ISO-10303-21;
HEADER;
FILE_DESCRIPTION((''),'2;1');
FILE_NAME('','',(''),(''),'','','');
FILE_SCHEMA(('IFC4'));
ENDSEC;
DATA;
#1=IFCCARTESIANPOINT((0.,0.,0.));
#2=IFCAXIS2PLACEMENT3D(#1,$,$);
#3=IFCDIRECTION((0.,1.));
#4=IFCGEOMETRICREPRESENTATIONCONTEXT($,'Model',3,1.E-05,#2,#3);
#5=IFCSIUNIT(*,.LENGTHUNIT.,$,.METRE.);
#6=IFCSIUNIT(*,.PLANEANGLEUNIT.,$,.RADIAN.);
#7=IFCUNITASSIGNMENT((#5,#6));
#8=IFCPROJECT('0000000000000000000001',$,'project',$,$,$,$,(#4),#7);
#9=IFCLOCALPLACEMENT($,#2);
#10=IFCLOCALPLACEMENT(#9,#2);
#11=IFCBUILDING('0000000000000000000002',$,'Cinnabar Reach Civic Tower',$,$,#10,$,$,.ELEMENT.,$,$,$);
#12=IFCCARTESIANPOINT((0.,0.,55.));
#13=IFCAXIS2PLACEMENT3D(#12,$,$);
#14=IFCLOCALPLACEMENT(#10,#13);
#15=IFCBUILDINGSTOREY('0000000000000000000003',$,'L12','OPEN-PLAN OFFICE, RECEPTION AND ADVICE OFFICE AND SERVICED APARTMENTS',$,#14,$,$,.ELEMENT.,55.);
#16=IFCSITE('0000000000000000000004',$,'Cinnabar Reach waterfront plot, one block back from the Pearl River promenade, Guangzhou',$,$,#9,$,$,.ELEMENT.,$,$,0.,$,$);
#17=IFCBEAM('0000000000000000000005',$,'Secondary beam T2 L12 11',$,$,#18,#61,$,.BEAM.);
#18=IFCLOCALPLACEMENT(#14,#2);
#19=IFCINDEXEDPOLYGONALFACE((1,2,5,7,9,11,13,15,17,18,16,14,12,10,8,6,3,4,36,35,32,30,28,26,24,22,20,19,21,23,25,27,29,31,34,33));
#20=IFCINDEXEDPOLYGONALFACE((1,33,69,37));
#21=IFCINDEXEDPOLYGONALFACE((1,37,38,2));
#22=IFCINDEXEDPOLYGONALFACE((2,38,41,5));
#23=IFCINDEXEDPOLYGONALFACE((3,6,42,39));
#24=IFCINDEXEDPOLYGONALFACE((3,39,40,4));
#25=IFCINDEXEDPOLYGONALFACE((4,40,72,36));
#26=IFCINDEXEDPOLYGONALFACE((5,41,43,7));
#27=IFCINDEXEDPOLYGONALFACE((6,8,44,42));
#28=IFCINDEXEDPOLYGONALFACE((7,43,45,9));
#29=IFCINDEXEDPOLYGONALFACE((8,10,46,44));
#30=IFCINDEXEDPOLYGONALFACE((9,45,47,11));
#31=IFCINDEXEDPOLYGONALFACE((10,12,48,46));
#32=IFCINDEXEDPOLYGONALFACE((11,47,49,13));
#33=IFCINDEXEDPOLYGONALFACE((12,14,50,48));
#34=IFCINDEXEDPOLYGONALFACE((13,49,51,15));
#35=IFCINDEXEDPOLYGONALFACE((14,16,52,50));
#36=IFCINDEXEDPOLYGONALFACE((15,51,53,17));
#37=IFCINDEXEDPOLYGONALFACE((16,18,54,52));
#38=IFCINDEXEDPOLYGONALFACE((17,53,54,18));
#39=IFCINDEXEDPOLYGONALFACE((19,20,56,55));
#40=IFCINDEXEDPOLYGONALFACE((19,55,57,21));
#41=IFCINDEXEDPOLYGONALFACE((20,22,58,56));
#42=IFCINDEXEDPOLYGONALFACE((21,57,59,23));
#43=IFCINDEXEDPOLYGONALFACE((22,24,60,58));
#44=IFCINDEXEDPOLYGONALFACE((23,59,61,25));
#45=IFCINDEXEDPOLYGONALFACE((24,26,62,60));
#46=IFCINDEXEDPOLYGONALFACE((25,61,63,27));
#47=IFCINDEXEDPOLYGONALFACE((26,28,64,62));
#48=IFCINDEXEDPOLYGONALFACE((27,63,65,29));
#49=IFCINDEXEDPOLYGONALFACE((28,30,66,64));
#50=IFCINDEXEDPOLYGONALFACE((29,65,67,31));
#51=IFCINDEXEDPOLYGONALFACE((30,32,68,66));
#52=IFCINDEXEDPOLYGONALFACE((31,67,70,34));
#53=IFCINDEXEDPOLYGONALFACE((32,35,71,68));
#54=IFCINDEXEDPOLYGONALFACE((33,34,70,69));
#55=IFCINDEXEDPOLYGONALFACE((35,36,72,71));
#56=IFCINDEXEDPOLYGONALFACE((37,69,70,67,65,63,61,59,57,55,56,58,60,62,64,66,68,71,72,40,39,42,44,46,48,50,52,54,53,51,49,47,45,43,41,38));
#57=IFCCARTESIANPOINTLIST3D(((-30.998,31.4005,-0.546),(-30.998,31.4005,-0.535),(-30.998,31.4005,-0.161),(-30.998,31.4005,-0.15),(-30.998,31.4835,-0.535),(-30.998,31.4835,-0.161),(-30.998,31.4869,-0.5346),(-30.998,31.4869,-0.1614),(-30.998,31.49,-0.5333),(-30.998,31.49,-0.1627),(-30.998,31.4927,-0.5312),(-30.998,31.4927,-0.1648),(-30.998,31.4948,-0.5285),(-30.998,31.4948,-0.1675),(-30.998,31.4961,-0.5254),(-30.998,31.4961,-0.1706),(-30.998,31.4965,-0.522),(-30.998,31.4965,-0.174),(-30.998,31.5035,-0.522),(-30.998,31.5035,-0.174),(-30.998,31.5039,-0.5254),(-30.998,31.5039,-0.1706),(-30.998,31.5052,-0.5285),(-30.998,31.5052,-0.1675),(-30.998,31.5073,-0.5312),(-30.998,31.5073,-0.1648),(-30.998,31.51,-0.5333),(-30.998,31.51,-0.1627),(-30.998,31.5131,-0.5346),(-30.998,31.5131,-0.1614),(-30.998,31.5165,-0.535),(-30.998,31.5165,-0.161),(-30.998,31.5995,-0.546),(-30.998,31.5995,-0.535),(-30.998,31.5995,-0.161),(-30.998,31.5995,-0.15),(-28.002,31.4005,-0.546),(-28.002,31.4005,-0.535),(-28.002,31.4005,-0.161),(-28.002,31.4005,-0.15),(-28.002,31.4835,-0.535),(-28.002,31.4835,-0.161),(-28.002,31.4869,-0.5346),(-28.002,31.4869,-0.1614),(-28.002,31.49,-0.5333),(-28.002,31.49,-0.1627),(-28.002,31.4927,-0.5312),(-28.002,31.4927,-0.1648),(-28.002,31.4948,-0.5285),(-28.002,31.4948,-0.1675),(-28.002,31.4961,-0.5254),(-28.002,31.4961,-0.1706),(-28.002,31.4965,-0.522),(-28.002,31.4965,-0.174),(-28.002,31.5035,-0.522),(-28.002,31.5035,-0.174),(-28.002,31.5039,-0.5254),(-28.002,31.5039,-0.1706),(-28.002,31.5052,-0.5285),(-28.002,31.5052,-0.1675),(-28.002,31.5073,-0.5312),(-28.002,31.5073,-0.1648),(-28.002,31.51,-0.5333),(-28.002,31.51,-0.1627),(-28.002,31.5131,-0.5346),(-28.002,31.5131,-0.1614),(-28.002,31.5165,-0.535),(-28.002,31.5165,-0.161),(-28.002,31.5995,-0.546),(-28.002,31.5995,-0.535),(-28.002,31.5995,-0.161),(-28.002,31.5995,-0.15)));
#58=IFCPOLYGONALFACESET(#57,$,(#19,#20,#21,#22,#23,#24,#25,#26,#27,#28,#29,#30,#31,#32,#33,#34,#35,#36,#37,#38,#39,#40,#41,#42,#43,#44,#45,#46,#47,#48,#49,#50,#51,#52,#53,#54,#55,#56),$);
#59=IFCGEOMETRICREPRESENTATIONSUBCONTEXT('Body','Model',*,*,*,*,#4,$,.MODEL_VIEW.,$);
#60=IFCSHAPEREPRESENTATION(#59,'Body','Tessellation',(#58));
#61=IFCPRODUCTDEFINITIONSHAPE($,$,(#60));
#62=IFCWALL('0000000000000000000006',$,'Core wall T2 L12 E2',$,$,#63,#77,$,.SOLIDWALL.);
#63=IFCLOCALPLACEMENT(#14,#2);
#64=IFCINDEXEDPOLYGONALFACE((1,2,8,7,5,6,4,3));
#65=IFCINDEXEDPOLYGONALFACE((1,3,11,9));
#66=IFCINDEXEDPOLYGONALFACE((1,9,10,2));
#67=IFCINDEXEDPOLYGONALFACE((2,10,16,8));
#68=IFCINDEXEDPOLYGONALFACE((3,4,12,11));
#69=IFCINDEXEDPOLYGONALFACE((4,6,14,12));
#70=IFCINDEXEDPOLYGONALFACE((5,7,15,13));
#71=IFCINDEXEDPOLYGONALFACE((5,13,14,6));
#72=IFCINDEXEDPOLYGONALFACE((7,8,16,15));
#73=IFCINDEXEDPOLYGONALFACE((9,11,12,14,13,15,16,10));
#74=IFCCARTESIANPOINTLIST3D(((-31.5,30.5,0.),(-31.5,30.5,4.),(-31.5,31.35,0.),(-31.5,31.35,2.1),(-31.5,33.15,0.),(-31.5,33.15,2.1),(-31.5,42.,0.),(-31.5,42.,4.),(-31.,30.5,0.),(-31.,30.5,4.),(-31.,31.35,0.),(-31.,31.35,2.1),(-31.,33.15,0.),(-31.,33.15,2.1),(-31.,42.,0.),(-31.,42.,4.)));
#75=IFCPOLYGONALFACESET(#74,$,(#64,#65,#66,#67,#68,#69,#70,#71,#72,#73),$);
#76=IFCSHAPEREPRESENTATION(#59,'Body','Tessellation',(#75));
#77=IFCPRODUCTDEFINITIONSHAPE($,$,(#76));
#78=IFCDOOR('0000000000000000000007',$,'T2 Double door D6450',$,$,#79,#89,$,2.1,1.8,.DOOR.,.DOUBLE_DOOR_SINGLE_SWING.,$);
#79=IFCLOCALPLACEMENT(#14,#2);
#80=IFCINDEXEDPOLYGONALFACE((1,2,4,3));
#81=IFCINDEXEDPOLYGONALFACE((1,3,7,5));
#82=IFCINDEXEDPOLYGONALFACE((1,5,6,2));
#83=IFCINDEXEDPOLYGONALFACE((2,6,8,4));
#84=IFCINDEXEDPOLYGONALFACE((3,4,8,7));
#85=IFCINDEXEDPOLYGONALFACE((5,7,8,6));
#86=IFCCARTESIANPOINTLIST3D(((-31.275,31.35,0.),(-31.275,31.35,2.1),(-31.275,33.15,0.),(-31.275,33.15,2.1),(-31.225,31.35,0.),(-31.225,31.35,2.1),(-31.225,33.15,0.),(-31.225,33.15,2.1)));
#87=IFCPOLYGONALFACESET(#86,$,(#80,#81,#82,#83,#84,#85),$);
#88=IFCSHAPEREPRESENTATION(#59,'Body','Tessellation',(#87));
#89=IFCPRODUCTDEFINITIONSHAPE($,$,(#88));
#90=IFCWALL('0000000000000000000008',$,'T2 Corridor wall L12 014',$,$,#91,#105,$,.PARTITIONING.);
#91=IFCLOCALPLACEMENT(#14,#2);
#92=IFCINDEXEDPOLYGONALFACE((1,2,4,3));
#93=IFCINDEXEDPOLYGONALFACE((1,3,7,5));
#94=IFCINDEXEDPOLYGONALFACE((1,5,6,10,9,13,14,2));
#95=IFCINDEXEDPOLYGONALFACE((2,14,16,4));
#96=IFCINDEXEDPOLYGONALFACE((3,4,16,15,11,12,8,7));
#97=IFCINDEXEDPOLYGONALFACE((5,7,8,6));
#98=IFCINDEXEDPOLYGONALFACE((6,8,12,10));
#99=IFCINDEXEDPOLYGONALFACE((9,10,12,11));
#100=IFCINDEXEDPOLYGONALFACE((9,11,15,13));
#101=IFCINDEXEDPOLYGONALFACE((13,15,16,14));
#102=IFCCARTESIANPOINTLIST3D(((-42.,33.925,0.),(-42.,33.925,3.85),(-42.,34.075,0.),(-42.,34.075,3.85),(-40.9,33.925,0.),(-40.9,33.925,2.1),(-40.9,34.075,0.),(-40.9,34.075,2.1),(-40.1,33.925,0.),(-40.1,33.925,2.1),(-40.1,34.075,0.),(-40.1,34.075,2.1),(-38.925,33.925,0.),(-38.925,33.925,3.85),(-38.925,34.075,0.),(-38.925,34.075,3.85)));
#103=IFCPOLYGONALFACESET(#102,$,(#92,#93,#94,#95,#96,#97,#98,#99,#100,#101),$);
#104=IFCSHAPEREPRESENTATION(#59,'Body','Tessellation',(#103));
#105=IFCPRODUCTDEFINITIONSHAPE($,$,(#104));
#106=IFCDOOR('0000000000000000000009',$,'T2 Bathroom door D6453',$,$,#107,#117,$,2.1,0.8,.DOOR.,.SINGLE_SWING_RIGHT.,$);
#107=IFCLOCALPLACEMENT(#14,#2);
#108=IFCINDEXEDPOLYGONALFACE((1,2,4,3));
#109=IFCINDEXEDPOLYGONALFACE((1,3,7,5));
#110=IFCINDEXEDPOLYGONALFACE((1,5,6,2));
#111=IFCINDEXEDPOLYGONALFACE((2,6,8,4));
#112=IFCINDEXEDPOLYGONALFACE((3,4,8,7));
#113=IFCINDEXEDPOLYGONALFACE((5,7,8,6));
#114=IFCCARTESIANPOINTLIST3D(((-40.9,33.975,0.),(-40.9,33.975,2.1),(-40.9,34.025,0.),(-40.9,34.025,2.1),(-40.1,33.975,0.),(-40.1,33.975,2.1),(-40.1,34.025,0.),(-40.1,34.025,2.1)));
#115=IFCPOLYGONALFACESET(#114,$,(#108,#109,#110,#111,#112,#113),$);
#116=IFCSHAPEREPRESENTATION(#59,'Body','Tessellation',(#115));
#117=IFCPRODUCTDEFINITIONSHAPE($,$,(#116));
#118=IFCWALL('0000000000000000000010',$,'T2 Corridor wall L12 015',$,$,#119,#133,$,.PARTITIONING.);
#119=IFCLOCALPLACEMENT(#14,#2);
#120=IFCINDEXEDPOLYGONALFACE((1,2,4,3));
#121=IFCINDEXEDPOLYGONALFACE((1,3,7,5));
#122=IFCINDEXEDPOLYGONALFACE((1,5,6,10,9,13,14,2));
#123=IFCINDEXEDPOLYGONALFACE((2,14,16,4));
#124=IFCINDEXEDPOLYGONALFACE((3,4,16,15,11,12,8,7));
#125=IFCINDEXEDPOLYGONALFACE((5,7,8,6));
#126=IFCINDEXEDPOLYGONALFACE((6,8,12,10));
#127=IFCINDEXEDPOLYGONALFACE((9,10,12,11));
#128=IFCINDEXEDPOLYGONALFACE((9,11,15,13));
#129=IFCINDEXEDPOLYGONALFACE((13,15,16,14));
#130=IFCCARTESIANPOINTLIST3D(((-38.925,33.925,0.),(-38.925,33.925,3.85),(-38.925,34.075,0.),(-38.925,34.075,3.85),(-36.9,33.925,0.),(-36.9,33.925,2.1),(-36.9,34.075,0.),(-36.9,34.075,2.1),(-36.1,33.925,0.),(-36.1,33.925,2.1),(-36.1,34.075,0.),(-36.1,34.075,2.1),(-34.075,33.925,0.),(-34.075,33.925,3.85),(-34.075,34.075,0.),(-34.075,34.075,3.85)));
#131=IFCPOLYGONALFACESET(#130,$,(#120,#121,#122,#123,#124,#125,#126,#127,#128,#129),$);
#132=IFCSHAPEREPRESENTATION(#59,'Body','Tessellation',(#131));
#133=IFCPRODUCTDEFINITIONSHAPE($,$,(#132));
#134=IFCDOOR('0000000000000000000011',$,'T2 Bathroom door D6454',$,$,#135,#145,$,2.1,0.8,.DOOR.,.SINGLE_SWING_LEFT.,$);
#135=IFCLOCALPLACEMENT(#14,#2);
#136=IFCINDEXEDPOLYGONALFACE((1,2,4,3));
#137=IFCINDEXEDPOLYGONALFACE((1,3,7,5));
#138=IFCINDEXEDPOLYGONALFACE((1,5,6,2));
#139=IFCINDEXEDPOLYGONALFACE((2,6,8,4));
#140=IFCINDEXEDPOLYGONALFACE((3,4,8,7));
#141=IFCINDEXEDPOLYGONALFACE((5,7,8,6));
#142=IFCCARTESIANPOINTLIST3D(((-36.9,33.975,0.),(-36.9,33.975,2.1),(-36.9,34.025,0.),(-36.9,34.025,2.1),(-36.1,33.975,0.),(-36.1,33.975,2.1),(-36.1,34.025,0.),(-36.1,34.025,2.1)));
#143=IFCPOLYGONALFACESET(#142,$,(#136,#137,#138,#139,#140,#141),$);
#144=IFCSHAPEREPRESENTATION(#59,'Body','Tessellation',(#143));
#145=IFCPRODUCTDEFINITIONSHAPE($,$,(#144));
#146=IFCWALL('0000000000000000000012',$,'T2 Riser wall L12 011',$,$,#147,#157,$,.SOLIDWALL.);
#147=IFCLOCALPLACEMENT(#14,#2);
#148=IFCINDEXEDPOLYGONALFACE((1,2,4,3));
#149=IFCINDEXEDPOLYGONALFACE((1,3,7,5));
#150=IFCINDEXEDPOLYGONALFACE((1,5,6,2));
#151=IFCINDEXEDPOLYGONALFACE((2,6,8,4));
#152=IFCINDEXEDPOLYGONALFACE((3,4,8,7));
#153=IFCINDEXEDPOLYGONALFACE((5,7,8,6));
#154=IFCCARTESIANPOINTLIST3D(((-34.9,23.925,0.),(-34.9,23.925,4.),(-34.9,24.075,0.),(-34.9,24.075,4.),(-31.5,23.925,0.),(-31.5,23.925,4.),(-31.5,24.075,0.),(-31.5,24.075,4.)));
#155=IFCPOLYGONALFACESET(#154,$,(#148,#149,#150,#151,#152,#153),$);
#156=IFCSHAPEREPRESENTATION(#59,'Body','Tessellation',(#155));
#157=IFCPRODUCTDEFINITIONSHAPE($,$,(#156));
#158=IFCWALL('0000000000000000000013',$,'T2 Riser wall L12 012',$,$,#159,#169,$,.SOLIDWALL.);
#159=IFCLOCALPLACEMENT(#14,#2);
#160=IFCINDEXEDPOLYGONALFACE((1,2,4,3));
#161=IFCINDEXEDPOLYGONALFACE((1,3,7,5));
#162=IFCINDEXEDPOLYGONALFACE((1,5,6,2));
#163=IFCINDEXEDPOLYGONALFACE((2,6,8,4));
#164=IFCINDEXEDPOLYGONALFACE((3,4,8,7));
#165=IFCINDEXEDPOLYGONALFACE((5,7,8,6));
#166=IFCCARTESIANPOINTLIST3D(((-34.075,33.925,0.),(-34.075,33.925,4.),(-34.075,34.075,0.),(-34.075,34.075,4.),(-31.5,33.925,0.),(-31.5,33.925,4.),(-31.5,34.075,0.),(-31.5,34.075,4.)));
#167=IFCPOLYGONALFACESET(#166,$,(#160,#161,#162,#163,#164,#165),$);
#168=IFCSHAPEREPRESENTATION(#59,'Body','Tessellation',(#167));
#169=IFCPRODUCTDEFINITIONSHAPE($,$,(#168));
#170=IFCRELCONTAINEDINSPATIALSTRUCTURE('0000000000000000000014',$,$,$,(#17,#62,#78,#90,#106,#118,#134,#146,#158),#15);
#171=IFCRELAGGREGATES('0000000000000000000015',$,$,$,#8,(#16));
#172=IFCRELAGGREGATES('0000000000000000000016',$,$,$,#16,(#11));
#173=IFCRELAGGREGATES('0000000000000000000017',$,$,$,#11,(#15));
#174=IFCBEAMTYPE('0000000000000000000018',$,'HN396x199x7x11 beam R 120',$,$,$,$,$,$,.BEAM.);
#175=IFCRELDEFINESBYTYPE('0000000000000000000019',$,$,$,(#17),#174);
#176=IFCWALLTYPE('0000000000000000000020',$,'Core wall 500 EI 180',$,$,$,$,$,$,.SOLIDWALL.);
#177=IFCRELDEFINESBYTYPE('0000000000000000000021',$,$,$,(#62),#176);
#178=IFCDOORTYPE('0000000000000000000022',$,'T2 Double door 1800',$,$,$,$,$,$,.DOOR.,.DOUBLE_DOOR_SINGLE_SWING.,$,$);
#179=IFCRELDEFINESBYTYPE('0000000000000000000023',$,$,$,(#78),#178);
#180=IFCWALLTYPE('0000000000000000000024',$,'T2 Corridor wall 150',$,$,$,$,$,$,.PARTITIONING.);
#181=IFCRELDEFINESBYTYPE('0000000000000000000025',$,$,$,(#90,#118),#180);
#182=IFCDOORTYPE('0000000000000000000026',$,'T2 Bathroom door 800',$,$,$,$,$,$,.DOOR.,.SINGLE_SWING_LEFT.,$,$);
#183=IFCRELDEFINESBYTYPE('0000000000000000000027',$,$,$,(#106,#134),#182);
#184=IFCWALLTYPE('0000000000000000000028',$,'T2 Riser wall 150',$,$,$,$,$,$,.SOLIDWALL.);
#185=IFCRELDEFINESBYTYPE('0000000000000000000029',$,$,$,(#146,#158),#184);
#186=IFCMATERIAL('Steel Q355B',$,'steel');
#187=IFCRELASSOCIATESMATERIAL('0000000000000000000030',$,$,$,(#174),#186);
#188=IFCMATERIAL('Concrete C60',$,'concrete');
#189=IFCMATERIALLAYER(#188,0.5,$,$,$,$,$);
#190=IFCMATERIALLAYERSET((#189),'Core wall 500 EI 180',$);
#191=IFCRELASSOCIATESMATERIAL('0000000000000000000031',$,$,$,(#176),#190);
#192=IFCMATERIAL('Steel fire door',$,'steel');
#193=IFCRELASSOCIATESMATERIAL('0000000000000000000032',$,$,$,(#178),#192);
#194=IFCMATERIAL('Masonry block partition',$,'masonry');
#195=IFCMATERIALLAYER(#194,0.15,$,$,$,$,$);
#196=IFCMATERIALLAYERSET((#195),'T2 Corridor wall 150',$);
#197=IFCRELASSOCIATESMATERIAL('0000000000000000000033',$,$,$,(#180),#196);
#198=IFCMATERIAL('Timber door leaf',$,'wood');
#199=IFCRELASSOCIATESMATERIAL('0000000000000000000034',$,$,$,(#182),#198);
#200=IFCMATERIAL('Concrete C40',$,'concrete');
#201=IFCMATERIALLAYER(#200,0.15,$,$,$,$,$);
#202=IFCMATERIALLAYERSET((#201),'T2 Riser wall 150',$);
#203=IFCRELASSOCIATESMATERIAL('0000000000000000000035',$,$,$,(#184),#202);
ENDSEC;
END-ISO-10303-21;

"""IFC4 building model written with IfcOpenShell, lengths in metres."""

from ifc_helpers import new_model, si_unit, direction, frame, frame_2d, origin, origin_2d, place, context, subcontext, project, spatial, rectangle, i_section, extrude, material, layer, layer_set, material_profile, profile_set, type_object, element, fill, save


model = new_model("IFC4")

# Units and contexts
model_context = context("Model", 3, precision=1e-05, world=origin(), true_north=direction((0.0, 1.0)))
body_context = subcontext(model_context, "Body", "Model", "MODEL_VIEW")
ifc_project = project(units=[si_unit("LENGTHUNIT", "METRE"), si_unit("PLANEANGLEUNIT", "RADIAN")], contexts=[model_context])

# Site, building, storey
site_placement = place(None, origin())
site = spatial("IfcSite", under=ifc_project, at=site_placement, Name="Cinnabar Reach waterfront plot, one block back from the Pearl River promenade, Guangzhou", CompositionType="ELEMENT", RefElevation=0.0)
building_placement = place(site_placement, origin())
building = spatial("IfcBuilding", under=site, at=building_placement, Name="Cinnabar Reach Civic Tower", CompositionType="ELEMENT")
storey_placement = place(building_placement, frame((0.0, 0.0, 55.0)))
storey = spatial("IfcBuildingStorey", under=building, at=storey_placement, Name="L12", Description="OPEN-PLAN OFFICE, RECEPTION AND ADVICE OFFICE AND SERVICED APARTMENTS", CompositionType="ELEMENT", Elevation=55.0)

# Beam
ifc_material_1 = material(Name="Steel Q355B", Category="steel")
ifc_material_profile = material_profile(ifc_material_1, i_section(OverallWidth=0.199, OverallDepth=0.396, WebThickness=0.007, FlangeThickness=0.011, FilletRadius=0.013, at=origin_2d()), Name="HN396x199x7x11")
ifc_profile_set = profile_set([ifc_material_profile], Name="Steel Q355B")
beam_type = type_object("IfcBeamType", Name="HN396x199x7x11 beam R 120", PredefinedType="BEAM", material=ifc_profile_set)
beam_placement = place(storey_placement, frame((-30.998, 31.5, -0.348), z_axis=(1.0, 0.0, 0.0), x_axis=(0.0, 1.0, 0.0)))
element("IfcBeam", 1, at=beam_placement, inside=storey, type_object=beam_type, Name="Secondary beam T2 L12 11", PredefinedType="BEAM", context=body_context, shape_type="SweptSolid", body=[
    extrude(i_section(OverallWidth=0.199, OverallDepth=0.396, WebThickness=0.007, FlangeThickness=0.011, FilletRadius=0.013, at=origin_2d()), origin(), (0.0, 0.0, 1.0), 2.996),
])

# Walls, openings, doors
ifc_material_2 = material(Name="Concrete C60", Category="concrete")
ifc_layer_1 = layer(ifc_material_2, 0.5)
ifc_layer_set_1 = layer_set([ifc_layer_1], Name="Core wall 500 EI 180")
wall_type_1 = type_object("IfcWallType", Name="Core wall 500 EI 180", PredefinedType="SOLIDWALL", material=ifc_layer_set_1)
wall_1_placement = place(storey_placement, frame((-31.25, 30.5, 0.0), z_axis=(0.0, 0.0, 1.0), x_axis=(0.0, 1.0, 0.0)))
wall_1 = element("IfcWall", 2, at=wall_1_placement, inside=storey, type_object=wall_type_1, Name="Core wall T2 L12 E2", PredefinedType="SOLIDWALL", context=body_context, shape_type="SweptSolid", body=[
    extrude(rectangle(XDim=11.5, YDim=0.5, at=frame_2d((5.75, 0.0))), origin(), (0.0, 0.0, 1.0), 4.0),
])
opening_1_placement = place(wall_1_placement, frame((0.85, 0.0, 0.0)))
opening_1 = element("IfcOpeningElement", 3, at=opening_1_placement, cuts=wall_1, PredefinedType="OPENING", context=body_context, shape_type="SweptSolid", body=[
    extrude(rectangle(XDim=1.8, YDim=2.1, at=frame_2d((0.9, 1.05))), frame((0.0, 0.26, 0.0), z_axis=(0.0, -1.0, 0.0), x_axis=(1.0, 0.0, 0.0)), (0.0, 0.0, 1.0), 0.52),
])
ifc_material_3 = material(Name="Steel fire door", Category="steel")
door_type_1 = type_object("IfcDoorType", Name="T2 Double door 1800", OperationType="DOUBLE_DOOR_SINGLE_SWING", PredefinedType="DOOR", material=ifc_material_3)
door_1_placement = place(opening_1_placement, origin())
door_1 = element("IfcDoor", 4, at=door_1_placement, inside=storey, type_object=door_type_1, Name="T2 Double door D6450", OperationType="DOUBLE_DOOR_SINGLE_SWING", OverallHeight=2.1, OverallWidth=1.8, PredefinedType="DOOR", context=body_context, shape_type="SweptSolid", body=[
    extrude(rectangle(XDim=1.8, YDim=2.1, at=frame_2d((0.9, 1.05))), frame((0.0, 0.025, 0.0), z_axis=(0.0, -1.0, 0.0), x_axis=(1.0, 0.0, 0.0)), (0.0, 0.0, 1.0), 0.05),
])
fill(opening_1, door_1)
ifc_material_4 = material(Name="Masonry block partition", Category="masonry")
ifc_layer_2 = layer(ifc_material_4, 0.15)
ifc_layer_set_2 = layer_set([ifc_layer_2], Name="T2 Corridor wall 150")
wall_type_2 = type_object("IfcWallType", Name="T2 Corridor wall 150", PredefinedType="PARTITIONING", material=ifc_layer_set_2)
wall_2_placement = place(storey_placement, frame((-38.925, 34.0, 0.0), z_axis=(0.0, 0.0, 1.0), x_axis=(-1.0, 0.0, 0.0)))
wall_2 = element("IfcWall", 5, at=wall_2_placement, inside=storey, type_object=wall_type_2, Name="T2 Corridor wall L12 014", PredefinedType="PARTITIONING", context=body_context, shape_type="SweptSolid", body=[
    extrude(rectangle(XDim=3.075, YDim=0.15, at=frame_2d((1.5375, 0.0))), origin(), (0.0, 0.0, 1.0), 3.85),
])
opening_2_placement = place(wall_2_placement, frame((1.175, 0.0, 0.0)))
opening_2 = element("IfcOpeningElement", 6, at=opening_2_placement, cuts=wall_2, PredefinedType="OPENING", context=body_context, shape_type="SweptSolid", body=[
    extrude(rectangle(XDim=0.8, YDim=2.1, at=frame_2d((0.4, 1.05))), frame((0.0, 0.085, 0.0), z_axis=(0.0, -1.0, 0.0), x_axis=(1.0, 0.0, 0.0)), (0.0, 0.0, 1.0), 0.17),
])
ifc_material_5 = material(Name="Timber door leaf", Category="wood")
door_type_2 = type_object("IfcDoorType", Name="T2 Bathroom door 800", OperationType="SINGLE_SWING_LEFT", PredefinedType="DOOR", material=ifc_material_5)
door_2_placement = place(opening_2_placement, frame((0.8, 0.0, 0.0), z_axis=(0.0, 0.0, 1.0), x_axis=(-1.0, 0.0, 0.0)))
door_2 = element("IfcDoor", 7, at=door_2_placement, inside=storey, type_object=door_type_2, Name="T2 Bathroom door D6453", OperationType="SINGLE_SWING_RIGHT", OverallHeight=2.1, OverallWidth=0.8, PredefinedType="DOOR", context=body_context, shape_type="SweptSolid", body=[
    extrude(rectangle(XDim=0.8, YDim=2.1, at=frame_2d((0.4, 1.05))), frame((0.0, 0.025, 0.0), z_axis=(0.0, -1.0, 0.0), x_axis=(1.0, 0.0, 0.0)), (0.0, 0.0, 1.0), 0.05),
])
fill(opening_2, door_2)
wall_3_placement = place(storey_placement, frame((-34.075, 34.0, 0.0), z_axis=(0.0, 0.0, 1.0), x_axis=(-1.0, 0.0, 0.0)))
wall_3 = element("IfcWall", 8, at=wall_3_placement, inside=storey, type_object=wall_type_2, Name="T2 Corridor wall L12 015", PredefinedType="PARTITIONING", context=body_context, shape_type="SweptSolid", body=[
    extrude(rectangle(XDim=4.85, YDim=0.15, at=frame_2d((2.425, 0.0))), origin(), (0.0, 0.0, 1.0), 3.85),
])
opening_3_placement = place(wall_3_placement, frame((2.025, 0.0, 0.0)))
opening_3 = element("IfcOpeningElement", 9, at=opening_3_placement, cuts=wall_3, PredefinedType="OPENING", context=body_context, shape_type="SweptSolid", body=[
    extrude(rectangle(XDim=0.8, YDim=2.1, at=frame_2d((0.4, 1.05))), frame((0.0, 0.085, 0.0), z_axis=(0.0, -1.0, 0.0), x_axis=(1.0, 0.0, 0.0)), (0.0, 0.0, 1.0), 0.17),
])
door_3_placement = place(opening_3_placement, frame((0.8, 0.0, 0.0), z_axis=(0.0, 0.0, 1.0), x_axis=(-1.0, 0.0, 0.0)))
door_3 = element("IfcDoor", 10, at=door_3_placement, inside=storey, type_object=door_type_2, Name="T2 Bathroom door D6454", OperationType="SINGLE_SWING_LEFT", OverallHeight=2.1, OverallWidth=0.8, PredefinedType="DOOR", context=body_context, shape_type="SweptSolid", body=[
    extrude(rectangle(XDim=0.8, YDim=2.1, at=frame_2d((0.4, 1.05))), frame((0.0, 0.025, 0.0), z_axis=(0.0, -1.0, 0.0), x_axis=(1.0, 0.0, 0.0)), (0.0, 0.0, 1.0), 0.05),
])
fill(opening_3, door_3)

# Walls
ifc_material_6 = material(Name="Concrete C40", Category="concrete")
ifc_layer_3 = layer(ifc_material_6, 0.15)
ifc_layer_set_3 = layer_set([ifc_layer_3], Name="T2 Riser wall 150")
wall_type_3 = type_object("IfcWallType", Name="T2 Riser wall 150", PredefinedType="SOLIDWALL", material=ifc_layer_set_3)
wall_4_placement = place(storey_placement, frame((-31.5, 24.0, 0.0), z_axis=(0.0, 0.0, 1.0), x_axis=(-1.0, 0.0, 0.0)))
element("IfcWall", 11, at=wall_4_placement, inside=storey, type_object=wall_type_3, Name="T2 Riser wall L12 011", PredefinedType="SOLIDWALL", context=body_context, shape_type="SweptSolid", body=[
    extrude(rectangle(XDim=3.4, YDim=0.15, at=frame_2d((1.7, 0.0))), origin(), (0.0, 0.0, 1.0), 4.0),
])
wall_5_placement = place(storey_placement, frame((-34.075, 34.0, 0.0), z_axis=(0.0, 0.0, 1.0), x_axis=(1.0, 0.0, 0.0)))
element("IfcWall", 12, at=wall_5_placement, inside=storey, type_object=wall_type_3, Name="T2 Riser wall L12 012", PredefinedType="SOLIDWALL", context=body_context, shape_type="SweptSolid", body=[
    extrude(rectangle(XDim=2.575, YDim=0.15, at=frame_2d((1.2875, 0.0))), origin(), (0.0, 0.0, 1.0), 4.0),
])

save(model, "model.ifc")
